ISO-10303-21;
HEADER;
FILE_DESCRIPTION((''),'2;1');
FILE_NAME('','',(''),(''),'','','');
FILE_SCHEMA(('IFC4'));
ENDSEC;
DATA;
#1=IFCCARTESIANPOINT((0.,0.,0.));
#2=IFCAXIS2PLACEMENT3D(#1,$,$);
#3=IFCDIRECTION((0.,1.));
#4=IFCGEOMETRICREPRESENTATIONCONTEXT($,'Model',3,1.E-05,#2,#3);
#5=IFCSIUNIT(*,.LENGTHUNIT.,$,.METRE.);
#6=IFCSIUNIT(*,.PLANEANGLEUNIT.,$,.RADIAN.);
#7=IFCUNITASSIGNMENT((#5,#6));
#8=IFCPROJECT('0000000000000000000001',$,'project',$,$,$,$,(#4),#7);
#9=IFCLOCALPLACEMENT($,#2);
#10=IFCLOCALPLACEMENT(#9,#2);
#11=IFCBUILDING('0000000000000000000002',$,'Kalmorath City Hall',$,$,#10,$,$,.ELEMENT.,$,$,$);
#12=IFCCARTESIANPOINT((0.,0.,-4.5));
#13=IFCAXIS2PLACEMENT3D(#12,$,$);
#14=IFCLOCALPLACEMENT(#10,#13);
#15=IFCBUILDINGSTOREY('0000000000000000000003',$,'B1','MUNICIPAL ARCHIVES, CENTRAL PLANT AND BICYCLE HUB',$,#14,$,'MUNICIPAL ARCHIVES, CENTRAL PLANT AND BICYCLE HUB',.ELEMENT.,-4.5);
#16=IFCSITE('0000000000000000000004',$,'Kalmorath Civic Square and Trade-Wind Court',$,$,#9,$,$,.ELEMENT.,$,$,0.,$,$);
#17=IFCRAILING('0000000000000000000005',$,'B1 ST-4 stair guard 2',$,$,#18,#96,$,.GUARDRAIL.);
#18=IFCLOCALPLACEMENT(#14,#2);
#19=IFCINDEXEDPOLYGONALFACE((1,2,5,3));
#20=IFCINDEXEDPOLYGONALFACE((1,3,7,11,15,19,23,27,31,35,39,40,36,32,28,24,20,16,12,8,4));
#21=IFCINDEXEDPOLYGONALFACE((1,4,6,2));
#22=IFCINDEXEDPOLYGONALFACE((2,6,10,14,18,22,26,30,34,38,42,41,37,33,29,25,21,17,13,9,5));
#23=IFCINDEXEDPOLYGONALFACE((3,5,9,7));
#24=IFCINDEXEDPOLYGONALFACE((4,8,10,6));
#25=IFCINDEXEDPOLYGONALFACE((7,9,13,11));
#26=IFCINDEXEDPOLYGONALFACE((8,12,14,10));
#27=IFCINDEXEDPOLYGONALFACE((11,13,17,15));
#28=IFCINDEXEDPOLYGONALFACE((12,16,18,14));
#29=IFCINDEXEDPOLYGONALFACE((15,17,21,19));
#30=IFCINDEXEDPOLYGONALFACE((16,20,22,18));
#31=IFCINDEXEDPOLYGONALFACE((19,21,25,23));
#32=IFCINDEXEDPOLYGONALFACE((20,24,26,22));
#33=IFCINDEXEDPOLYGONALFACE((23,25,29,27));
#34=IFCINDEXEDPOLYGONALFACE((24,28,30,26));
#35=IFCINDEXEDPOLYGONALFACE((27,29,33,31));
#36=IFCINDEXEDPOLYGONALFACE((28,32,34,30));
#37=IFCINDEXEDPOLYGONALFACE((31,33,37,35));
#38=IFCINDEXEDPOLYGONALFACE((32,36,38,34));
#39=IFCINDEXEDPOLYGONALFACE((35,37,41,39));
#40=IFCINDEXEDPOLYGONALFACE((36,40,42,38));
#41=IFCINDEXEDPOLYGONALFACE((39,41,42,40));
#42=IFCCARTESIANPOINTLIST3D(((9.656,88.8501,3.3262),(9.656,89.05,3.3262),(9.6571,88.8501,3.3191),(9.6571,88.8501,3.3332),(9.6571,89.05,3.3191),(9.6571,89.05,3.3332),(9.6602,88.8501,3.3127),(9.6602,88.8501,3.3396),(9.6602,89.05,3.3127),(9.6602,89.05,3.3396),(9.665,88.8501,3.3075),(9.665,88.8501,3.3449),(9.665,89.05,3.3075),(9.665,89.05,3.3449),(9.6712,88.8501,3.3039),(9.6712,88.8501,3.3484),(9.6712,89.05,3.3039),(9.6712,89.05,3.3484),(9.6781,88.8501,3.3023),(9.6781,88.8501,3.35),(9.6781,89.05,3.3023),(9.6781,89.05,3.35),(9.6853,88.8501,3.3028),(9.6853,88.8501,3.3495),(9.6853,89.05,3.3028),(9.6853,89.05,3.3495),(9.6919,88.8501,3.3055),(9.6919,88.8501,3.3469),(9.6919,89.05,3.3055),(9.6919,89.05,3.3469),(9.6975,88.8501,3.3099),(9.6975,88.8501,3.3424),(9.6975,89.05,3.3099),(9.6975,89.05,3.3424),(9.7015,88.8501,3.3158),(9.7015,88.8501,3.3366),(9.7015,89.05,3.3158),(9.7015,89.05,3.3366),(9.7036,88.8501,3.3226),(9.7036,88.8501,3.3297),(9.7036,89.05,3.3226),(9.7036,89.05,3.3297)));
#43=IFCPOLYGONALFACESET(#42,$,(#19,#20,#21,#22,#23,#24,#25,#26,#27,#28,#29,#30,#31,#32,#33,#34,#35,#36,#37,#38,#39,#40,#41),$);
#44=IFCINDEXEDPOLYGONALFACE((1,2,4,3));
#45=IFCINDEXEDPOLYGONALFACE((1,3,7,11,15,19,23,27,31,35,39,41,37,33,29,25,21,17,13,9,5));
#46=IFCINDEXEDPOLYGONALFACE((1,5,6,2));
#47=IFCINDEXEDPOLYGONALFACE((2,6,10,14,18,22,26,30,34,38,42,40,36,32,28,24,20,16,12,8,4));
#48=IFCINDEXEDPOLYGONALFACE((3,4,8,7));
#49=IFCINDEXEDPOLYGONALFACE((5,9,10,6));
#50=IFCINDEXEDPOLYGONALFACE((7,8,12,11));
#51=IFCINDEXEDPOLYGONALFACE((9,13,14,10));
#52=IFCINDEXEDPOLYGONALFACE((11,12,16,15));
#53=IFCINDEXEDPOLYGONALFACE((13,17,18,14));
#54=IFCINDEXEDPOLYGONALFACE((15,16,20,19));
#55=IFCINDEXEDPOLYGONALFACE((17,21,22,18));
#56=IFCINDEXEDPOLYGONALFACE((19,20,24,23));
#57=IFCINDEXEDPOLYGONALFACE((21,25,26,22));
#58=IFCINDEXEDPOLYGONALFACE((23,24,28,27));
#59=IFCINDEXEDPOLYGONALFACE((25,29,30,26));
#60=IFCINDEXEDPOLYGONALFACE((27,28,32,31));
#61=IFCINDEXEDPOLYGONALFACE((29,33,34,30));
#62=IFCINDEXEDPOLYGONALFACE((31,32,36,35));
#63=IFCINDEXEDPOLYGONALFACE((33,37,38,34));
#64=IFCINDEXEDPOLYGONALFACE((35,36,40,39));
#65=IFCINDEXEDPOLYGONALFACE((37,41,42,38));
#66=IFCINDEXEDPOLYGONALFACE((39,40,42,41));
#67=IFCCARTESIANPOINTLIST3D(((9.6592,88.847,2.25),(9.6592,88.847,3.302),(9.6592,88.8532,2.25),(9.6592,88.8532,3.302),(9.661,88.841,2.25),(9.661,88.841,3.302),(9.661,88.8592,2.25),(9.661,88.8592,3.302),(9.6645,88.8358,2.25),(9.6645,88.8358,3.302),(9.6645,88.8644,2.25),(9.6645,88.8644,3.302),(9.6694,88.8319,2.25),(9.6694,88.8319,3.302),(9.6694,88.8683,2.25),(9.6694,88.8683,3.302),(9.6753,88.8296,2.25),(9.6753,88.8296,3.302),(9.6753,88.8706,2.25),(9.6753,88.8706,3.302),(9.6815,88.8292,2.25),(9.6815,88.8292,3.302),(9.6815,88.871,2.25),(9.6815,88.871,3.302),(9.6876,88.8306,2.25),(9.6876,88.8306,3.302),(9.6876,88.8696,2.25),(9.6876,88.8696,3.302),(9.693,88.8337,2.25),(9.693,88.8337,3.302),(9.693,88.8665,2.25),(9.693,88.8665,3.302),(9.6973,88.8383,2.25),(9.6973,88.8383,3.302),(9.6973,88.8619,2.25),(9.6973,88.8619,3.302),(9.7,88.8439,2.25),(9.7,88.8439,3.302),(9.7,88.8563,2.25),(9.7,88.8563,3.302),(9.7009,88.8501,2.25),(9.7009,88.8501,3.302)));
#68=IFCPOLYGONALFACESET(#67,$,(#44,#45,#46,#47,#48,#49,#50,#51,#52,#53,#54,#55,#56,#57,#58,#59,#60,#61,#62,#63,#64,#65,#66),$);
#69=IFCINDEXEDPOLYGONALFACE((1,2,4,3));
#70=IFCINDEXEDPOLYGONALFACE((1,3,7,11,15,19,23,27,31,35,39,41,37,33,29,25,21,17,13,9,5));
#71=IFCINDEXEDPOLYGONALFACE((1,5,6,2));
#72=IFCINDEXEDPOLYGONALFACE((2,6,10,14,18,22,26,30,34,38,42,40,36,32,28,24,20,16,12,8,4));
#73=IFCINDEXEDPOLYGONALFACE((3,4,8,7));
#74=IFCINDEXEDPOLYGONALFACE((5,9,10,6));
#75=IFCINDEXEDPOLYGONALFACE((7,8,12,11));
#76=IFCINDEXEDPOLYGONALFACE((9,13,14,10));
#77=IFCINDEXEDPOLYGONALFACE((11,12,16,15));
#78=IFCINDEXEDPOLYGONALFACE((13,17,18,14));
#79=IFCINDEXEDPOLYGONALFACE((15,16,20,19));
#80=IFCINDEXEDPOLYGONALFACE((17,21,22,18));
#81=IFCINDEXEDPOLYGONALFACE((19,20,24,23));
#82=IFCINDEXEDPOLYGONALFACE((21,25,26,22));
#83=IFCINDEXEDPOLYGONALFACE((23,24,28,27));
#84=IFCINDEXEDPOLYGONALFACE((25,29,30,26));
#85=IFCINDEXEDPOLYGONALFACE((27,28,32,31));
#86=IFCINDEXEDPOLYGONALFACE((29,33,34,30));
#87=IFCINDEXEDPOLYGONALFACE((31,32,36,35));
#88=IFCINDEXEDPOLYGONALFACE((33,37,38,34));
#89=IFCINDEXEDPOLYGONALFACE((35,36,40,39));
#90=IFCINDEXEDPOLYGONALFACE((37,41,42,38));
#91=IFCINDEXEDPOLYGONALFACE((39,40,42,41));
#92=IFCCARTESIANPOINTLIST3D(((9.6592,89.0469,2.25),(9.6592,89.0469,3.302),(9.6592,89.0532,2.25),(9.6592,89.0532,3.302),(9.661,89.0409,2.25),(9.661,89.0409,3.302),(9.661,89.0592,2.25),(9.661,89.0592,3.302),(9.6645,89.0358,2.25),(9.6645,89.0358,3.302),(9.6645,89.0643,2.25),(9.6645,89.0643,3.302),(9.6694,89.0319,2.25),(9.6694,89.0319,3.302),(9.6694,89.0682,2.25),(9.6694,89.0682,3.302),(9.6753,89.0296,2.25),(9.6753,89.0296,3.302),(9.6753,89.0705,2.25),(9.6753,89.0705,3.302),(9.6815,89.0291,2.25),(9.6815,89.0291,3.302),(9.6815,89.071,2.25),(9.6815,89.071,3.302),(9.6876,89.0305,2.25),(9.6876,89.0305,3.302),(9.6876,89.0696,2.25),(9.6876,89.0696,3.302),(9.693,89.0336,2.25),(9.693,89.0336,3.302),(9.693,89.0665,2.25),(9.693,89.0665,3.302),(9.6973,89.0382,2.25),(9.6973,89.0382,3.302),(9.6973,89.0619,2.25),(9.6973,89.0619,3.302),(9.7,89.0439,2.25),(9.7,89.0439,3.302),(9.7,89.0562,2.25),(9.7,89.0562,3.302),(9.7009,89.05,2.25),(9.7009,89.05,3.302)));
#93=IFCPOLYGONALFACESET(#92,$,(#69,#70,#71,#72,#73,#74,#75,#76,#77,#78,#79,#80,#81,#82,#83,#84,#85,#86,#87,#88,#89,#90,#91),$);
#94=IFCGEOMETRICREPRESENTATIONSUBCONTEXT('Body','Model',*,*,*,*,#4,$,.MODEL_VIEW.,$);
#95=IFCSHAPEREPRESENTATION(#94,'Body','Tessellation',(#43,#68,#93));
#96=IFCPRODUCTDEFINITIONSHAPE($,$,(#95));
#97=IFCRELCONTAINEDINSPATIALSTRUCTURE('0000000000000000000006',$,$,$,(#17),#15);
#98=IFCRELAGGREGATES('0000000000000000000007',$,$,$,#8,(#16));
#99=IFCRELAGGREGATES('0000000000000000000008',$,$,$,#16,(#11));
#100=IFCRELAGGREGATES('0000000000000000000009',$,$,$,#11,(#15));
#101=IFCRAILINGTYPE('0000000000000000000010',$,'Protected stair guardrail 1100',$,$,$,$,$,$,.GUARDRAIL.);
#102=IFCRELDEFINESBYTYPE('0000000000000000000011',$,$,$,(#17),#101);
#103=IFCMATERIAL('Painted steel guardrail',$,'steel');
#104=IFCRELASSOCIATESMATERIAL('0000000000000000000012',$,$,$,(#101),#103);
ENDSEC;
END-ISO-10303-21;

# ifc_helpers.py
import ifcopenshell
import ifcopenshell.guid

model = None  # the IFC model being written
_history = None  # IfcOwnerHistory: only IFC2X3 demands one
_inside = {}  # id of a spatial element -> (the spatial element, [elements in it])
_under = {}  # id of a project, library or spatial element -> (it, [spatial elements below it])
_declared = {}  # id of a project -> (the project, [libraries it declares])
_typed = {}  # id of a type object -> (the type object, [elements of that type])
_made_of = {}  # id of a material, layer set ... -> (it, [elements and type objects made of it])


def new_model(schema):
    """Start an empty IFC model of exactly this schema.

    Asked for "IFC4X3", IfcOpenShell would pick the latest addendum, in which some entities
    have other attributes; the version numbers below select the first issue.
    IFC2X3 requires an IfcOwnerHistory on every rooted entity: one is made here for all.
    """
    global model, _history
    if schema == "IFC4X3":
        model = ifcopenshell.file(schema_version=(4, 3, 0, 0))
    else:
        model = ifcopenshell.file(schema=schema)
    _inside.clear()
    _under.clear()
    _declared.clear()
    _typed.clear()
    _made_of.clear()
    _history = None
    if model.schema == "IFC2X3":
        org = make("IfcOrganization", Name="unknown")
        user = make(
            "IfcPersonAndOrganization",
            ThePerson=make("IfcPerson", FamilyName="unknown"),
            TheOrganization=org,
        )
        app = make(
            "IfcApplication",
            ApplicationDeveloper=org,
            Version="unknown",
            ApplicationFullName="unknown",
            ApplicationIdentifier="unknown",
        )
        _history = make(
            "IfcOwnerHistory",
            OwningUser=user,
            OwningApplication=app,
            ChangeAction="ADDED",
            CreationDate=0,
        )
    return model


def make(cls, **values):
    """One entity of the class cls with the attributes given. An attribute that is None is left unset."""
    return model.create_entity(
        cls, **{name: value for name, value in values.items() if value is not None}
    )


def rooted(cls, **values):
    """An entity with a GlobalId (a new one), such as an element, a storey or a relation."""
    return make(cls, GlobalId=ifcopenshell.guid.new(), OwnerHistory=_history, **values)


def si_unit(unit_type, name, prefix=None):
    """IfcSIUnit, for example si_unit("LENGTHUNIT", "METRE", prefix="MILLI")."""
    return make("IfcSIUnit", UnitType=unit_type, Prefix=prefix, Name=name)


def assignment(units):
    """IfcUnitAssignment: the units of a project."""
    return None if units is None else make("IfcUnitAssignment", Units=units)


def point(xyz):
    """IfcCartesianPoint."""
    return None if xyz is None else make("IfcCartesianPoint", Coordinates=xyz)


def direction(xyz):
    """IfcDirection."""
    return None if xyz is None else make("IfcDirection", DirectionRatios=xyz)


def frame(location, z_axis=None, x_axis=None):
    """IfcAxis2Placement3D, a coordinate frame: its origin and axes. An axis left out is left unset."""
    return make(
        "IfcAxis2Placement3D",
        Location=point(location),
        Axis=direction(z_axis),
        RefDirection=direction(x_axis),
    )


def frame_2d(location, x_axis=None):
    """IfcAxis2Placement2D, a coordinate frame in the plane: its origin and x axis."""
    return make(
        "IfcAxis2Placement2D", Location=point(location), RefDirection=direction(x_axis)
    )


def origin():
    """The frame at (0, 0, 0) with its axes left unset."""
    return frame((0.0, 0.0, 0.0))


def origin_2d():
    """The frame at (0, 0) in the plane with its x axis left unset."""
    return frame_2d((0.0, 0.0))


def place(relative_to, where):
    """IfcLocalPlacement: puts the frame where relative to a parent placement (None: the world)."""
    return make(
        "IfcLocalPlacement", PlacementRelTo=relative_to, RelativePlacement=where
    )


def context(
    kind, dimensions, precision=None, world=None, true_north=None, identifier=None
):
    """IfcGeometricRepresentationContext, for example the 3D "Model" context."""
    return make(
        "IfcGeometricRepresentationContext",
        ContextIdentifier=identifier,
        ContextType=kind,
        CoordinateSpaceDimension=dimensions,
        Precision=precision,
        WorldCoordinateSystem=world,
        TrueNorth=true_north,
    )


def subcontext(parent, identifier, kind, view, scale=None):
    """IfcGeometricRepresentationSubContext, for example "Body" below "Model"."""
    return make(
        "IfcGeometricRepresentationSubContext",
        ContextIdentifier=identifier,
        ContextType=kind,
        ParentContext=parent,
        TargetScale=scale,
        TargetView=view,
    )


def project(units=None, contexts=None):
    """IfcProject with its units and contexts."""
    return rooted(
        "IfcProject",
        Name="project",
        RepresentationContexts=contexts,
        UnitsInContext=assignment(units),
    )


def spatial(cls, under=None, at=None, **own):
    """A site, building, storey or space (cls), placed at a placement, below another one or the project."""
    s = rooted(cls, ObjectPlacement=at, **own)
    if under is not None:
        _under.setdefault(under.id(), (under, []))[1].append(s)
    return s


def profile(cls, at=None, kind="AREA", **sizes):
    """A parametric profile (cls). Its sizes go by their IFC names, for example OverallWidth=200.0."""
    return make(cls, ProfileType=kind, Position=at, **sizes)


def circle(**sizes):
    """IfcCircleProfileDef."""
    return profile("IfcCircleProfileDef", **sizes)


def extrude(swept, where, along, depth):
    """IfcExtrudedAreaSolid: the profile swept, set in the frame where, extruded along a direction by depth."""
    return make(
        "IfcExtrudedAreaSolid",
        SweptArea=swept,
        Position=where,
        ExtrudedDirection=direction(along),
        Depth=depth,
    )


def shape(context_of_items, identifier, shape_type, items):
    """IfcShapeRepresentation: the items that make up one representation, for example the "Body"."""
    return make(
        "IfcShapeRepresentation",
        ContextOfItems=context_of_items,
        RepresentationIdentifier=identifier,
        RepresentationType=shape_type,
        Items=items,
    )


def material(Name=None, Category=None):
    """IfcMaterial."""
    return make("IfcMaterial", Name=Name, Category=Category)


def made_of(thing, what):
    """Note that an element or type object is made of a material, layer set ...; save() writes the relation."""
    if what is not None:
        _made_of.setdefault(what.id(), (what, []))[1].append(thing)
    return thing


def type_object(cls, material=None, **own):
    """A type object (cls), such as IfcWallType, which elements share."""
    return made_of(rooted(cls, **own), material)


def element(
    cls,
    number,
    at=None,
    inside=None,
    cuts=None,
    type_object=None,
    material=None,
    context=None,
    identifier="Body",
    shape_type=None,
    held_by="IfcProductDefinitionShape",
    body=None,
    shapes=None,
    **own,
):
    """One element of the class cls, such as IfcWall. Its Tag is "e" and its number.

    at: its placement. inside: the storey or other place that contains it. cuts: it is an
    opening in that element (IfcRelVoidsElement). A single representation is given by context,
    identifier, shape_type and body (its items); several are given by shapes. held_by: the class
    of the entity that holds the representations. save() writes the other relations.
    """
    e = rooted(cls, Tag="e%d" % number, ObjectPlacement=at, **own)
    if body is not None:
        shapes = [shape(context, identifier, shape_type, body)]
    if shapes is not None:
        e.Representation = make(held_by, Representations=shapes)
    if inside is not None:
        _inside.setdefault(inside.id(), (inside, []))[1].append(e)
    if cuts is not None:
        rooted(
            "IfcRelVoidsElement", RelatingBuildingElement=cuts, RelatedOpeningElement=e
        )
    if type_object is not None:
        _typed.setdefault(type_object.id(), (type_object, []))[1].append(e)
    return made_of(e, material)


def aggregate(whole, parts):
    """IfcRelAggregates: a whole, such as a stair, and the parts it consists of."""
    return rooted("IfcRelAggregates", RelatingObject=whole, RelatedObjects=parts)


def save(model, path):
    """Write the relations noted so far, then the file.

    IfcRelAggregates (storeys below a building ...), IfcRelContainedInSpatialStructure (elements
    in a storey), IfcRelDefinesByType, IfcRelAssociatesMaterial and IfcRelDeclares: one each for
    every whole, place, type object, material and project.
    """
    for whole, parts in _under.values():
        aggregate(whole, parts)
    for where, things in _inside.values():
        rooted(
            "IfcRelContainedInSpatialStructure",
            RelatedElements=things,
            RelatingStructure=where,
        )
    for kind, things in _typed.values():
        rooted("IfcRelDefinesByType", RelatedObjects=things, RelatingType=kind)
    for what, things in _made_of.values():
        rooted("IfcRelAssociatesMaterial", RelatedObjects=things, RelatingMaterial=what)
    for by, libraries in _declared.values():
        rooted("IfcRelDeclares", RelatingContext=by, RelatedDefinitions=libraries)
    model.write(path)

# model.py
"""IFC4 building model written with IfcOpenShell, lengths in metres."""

from ifc_helpers import new_model, si_unit, direction, frame, origin, origin_2d, place, context, subcontext, project, spatial, circle, extrude, material, type_object, element, save


model = new_model("IFC4")

# Units and contexts
model_context = context("Model", 3, precision=1e-05, world=origin(), true_north=direction((0.0, 1.0)))
body_context = subcontext(model_context, "Body", "Model", "MODEL_VIEW")
ifc_project = project(units=[si_unit("LENGTHUNIT", "METRE"), si_unit("PLANEANGLEUNIT", "RADIAN")], contexts=[model_context])

# Site, building, storey
site_placement = place(None, origin())
site = spatial("IfcSite", under=ifc_project, at=site_placement, Name="Kalmorath Civic Square and Trade-Wind Court", CompositionType="ELEMENT", RefElevation=0.0)
building_placement = place(site_placement, origin())
building = spatial("IfcBuilding", under=site, at=building_placement, Name="Kalmorath City Hall", CompositionType="ELEMENT")
storey_placement = place(building_placement, frame((0.0, 0.0, -4.5)))
storey = spatial("IfcBuildingStorey", under=building, at=storey_placement, Name="B1", Description="MUNICIPAL ARCHIVES, CENTRAL PLANT AND BICYCLE HUB", LongName="MUNICIPAL ARCHIVES, CENTRAL PLANT AND BICYCLE HUB", CompositionType="ELEMENT", Elevation=-4.5)

# Railing
ifc_material_1 = material(Name="Painted steel guardrail", Category="steel")
railing_type_1 = type_object("IfcRailingType", Name="Protected stair guardrail 1100", PredefinedType="GUARDRAIL", material=ifc_material_1)
railing_1_placement = place(storey_placement, frame((9.6799, 88.8501, 2.25)))
element("IfcRailing", 1, at=railing_1_placement, inside=storey, type_object=railing_type_1, Name="B1 ST-4 stair guard 2", PredefinedType="GUARDRAIL", context=body_context, shape_type="SweptSolid", body=[
    extrude(circle(Radius=0.0239, at=origin_2d()), frame((0.0, 0.0, 1.0762), z_axis=(0.0, 1.0, 0.0), x_axis=(-1.0, 0.0, 0.0)), (0.0, 0.0, 1.0), 0.2),
    extrude(circle(Radius=0.021, at=origin_2d()), origin(), (0.0, 0.0, 1.0), 1.052),
    extrude(circle(Radius=0.021, at=origin_2d()), frame((0.0, 0.2, 0.0)), (0.0, 0.0, 1.0), 1.052),
])

save(model, "model.ifc")
